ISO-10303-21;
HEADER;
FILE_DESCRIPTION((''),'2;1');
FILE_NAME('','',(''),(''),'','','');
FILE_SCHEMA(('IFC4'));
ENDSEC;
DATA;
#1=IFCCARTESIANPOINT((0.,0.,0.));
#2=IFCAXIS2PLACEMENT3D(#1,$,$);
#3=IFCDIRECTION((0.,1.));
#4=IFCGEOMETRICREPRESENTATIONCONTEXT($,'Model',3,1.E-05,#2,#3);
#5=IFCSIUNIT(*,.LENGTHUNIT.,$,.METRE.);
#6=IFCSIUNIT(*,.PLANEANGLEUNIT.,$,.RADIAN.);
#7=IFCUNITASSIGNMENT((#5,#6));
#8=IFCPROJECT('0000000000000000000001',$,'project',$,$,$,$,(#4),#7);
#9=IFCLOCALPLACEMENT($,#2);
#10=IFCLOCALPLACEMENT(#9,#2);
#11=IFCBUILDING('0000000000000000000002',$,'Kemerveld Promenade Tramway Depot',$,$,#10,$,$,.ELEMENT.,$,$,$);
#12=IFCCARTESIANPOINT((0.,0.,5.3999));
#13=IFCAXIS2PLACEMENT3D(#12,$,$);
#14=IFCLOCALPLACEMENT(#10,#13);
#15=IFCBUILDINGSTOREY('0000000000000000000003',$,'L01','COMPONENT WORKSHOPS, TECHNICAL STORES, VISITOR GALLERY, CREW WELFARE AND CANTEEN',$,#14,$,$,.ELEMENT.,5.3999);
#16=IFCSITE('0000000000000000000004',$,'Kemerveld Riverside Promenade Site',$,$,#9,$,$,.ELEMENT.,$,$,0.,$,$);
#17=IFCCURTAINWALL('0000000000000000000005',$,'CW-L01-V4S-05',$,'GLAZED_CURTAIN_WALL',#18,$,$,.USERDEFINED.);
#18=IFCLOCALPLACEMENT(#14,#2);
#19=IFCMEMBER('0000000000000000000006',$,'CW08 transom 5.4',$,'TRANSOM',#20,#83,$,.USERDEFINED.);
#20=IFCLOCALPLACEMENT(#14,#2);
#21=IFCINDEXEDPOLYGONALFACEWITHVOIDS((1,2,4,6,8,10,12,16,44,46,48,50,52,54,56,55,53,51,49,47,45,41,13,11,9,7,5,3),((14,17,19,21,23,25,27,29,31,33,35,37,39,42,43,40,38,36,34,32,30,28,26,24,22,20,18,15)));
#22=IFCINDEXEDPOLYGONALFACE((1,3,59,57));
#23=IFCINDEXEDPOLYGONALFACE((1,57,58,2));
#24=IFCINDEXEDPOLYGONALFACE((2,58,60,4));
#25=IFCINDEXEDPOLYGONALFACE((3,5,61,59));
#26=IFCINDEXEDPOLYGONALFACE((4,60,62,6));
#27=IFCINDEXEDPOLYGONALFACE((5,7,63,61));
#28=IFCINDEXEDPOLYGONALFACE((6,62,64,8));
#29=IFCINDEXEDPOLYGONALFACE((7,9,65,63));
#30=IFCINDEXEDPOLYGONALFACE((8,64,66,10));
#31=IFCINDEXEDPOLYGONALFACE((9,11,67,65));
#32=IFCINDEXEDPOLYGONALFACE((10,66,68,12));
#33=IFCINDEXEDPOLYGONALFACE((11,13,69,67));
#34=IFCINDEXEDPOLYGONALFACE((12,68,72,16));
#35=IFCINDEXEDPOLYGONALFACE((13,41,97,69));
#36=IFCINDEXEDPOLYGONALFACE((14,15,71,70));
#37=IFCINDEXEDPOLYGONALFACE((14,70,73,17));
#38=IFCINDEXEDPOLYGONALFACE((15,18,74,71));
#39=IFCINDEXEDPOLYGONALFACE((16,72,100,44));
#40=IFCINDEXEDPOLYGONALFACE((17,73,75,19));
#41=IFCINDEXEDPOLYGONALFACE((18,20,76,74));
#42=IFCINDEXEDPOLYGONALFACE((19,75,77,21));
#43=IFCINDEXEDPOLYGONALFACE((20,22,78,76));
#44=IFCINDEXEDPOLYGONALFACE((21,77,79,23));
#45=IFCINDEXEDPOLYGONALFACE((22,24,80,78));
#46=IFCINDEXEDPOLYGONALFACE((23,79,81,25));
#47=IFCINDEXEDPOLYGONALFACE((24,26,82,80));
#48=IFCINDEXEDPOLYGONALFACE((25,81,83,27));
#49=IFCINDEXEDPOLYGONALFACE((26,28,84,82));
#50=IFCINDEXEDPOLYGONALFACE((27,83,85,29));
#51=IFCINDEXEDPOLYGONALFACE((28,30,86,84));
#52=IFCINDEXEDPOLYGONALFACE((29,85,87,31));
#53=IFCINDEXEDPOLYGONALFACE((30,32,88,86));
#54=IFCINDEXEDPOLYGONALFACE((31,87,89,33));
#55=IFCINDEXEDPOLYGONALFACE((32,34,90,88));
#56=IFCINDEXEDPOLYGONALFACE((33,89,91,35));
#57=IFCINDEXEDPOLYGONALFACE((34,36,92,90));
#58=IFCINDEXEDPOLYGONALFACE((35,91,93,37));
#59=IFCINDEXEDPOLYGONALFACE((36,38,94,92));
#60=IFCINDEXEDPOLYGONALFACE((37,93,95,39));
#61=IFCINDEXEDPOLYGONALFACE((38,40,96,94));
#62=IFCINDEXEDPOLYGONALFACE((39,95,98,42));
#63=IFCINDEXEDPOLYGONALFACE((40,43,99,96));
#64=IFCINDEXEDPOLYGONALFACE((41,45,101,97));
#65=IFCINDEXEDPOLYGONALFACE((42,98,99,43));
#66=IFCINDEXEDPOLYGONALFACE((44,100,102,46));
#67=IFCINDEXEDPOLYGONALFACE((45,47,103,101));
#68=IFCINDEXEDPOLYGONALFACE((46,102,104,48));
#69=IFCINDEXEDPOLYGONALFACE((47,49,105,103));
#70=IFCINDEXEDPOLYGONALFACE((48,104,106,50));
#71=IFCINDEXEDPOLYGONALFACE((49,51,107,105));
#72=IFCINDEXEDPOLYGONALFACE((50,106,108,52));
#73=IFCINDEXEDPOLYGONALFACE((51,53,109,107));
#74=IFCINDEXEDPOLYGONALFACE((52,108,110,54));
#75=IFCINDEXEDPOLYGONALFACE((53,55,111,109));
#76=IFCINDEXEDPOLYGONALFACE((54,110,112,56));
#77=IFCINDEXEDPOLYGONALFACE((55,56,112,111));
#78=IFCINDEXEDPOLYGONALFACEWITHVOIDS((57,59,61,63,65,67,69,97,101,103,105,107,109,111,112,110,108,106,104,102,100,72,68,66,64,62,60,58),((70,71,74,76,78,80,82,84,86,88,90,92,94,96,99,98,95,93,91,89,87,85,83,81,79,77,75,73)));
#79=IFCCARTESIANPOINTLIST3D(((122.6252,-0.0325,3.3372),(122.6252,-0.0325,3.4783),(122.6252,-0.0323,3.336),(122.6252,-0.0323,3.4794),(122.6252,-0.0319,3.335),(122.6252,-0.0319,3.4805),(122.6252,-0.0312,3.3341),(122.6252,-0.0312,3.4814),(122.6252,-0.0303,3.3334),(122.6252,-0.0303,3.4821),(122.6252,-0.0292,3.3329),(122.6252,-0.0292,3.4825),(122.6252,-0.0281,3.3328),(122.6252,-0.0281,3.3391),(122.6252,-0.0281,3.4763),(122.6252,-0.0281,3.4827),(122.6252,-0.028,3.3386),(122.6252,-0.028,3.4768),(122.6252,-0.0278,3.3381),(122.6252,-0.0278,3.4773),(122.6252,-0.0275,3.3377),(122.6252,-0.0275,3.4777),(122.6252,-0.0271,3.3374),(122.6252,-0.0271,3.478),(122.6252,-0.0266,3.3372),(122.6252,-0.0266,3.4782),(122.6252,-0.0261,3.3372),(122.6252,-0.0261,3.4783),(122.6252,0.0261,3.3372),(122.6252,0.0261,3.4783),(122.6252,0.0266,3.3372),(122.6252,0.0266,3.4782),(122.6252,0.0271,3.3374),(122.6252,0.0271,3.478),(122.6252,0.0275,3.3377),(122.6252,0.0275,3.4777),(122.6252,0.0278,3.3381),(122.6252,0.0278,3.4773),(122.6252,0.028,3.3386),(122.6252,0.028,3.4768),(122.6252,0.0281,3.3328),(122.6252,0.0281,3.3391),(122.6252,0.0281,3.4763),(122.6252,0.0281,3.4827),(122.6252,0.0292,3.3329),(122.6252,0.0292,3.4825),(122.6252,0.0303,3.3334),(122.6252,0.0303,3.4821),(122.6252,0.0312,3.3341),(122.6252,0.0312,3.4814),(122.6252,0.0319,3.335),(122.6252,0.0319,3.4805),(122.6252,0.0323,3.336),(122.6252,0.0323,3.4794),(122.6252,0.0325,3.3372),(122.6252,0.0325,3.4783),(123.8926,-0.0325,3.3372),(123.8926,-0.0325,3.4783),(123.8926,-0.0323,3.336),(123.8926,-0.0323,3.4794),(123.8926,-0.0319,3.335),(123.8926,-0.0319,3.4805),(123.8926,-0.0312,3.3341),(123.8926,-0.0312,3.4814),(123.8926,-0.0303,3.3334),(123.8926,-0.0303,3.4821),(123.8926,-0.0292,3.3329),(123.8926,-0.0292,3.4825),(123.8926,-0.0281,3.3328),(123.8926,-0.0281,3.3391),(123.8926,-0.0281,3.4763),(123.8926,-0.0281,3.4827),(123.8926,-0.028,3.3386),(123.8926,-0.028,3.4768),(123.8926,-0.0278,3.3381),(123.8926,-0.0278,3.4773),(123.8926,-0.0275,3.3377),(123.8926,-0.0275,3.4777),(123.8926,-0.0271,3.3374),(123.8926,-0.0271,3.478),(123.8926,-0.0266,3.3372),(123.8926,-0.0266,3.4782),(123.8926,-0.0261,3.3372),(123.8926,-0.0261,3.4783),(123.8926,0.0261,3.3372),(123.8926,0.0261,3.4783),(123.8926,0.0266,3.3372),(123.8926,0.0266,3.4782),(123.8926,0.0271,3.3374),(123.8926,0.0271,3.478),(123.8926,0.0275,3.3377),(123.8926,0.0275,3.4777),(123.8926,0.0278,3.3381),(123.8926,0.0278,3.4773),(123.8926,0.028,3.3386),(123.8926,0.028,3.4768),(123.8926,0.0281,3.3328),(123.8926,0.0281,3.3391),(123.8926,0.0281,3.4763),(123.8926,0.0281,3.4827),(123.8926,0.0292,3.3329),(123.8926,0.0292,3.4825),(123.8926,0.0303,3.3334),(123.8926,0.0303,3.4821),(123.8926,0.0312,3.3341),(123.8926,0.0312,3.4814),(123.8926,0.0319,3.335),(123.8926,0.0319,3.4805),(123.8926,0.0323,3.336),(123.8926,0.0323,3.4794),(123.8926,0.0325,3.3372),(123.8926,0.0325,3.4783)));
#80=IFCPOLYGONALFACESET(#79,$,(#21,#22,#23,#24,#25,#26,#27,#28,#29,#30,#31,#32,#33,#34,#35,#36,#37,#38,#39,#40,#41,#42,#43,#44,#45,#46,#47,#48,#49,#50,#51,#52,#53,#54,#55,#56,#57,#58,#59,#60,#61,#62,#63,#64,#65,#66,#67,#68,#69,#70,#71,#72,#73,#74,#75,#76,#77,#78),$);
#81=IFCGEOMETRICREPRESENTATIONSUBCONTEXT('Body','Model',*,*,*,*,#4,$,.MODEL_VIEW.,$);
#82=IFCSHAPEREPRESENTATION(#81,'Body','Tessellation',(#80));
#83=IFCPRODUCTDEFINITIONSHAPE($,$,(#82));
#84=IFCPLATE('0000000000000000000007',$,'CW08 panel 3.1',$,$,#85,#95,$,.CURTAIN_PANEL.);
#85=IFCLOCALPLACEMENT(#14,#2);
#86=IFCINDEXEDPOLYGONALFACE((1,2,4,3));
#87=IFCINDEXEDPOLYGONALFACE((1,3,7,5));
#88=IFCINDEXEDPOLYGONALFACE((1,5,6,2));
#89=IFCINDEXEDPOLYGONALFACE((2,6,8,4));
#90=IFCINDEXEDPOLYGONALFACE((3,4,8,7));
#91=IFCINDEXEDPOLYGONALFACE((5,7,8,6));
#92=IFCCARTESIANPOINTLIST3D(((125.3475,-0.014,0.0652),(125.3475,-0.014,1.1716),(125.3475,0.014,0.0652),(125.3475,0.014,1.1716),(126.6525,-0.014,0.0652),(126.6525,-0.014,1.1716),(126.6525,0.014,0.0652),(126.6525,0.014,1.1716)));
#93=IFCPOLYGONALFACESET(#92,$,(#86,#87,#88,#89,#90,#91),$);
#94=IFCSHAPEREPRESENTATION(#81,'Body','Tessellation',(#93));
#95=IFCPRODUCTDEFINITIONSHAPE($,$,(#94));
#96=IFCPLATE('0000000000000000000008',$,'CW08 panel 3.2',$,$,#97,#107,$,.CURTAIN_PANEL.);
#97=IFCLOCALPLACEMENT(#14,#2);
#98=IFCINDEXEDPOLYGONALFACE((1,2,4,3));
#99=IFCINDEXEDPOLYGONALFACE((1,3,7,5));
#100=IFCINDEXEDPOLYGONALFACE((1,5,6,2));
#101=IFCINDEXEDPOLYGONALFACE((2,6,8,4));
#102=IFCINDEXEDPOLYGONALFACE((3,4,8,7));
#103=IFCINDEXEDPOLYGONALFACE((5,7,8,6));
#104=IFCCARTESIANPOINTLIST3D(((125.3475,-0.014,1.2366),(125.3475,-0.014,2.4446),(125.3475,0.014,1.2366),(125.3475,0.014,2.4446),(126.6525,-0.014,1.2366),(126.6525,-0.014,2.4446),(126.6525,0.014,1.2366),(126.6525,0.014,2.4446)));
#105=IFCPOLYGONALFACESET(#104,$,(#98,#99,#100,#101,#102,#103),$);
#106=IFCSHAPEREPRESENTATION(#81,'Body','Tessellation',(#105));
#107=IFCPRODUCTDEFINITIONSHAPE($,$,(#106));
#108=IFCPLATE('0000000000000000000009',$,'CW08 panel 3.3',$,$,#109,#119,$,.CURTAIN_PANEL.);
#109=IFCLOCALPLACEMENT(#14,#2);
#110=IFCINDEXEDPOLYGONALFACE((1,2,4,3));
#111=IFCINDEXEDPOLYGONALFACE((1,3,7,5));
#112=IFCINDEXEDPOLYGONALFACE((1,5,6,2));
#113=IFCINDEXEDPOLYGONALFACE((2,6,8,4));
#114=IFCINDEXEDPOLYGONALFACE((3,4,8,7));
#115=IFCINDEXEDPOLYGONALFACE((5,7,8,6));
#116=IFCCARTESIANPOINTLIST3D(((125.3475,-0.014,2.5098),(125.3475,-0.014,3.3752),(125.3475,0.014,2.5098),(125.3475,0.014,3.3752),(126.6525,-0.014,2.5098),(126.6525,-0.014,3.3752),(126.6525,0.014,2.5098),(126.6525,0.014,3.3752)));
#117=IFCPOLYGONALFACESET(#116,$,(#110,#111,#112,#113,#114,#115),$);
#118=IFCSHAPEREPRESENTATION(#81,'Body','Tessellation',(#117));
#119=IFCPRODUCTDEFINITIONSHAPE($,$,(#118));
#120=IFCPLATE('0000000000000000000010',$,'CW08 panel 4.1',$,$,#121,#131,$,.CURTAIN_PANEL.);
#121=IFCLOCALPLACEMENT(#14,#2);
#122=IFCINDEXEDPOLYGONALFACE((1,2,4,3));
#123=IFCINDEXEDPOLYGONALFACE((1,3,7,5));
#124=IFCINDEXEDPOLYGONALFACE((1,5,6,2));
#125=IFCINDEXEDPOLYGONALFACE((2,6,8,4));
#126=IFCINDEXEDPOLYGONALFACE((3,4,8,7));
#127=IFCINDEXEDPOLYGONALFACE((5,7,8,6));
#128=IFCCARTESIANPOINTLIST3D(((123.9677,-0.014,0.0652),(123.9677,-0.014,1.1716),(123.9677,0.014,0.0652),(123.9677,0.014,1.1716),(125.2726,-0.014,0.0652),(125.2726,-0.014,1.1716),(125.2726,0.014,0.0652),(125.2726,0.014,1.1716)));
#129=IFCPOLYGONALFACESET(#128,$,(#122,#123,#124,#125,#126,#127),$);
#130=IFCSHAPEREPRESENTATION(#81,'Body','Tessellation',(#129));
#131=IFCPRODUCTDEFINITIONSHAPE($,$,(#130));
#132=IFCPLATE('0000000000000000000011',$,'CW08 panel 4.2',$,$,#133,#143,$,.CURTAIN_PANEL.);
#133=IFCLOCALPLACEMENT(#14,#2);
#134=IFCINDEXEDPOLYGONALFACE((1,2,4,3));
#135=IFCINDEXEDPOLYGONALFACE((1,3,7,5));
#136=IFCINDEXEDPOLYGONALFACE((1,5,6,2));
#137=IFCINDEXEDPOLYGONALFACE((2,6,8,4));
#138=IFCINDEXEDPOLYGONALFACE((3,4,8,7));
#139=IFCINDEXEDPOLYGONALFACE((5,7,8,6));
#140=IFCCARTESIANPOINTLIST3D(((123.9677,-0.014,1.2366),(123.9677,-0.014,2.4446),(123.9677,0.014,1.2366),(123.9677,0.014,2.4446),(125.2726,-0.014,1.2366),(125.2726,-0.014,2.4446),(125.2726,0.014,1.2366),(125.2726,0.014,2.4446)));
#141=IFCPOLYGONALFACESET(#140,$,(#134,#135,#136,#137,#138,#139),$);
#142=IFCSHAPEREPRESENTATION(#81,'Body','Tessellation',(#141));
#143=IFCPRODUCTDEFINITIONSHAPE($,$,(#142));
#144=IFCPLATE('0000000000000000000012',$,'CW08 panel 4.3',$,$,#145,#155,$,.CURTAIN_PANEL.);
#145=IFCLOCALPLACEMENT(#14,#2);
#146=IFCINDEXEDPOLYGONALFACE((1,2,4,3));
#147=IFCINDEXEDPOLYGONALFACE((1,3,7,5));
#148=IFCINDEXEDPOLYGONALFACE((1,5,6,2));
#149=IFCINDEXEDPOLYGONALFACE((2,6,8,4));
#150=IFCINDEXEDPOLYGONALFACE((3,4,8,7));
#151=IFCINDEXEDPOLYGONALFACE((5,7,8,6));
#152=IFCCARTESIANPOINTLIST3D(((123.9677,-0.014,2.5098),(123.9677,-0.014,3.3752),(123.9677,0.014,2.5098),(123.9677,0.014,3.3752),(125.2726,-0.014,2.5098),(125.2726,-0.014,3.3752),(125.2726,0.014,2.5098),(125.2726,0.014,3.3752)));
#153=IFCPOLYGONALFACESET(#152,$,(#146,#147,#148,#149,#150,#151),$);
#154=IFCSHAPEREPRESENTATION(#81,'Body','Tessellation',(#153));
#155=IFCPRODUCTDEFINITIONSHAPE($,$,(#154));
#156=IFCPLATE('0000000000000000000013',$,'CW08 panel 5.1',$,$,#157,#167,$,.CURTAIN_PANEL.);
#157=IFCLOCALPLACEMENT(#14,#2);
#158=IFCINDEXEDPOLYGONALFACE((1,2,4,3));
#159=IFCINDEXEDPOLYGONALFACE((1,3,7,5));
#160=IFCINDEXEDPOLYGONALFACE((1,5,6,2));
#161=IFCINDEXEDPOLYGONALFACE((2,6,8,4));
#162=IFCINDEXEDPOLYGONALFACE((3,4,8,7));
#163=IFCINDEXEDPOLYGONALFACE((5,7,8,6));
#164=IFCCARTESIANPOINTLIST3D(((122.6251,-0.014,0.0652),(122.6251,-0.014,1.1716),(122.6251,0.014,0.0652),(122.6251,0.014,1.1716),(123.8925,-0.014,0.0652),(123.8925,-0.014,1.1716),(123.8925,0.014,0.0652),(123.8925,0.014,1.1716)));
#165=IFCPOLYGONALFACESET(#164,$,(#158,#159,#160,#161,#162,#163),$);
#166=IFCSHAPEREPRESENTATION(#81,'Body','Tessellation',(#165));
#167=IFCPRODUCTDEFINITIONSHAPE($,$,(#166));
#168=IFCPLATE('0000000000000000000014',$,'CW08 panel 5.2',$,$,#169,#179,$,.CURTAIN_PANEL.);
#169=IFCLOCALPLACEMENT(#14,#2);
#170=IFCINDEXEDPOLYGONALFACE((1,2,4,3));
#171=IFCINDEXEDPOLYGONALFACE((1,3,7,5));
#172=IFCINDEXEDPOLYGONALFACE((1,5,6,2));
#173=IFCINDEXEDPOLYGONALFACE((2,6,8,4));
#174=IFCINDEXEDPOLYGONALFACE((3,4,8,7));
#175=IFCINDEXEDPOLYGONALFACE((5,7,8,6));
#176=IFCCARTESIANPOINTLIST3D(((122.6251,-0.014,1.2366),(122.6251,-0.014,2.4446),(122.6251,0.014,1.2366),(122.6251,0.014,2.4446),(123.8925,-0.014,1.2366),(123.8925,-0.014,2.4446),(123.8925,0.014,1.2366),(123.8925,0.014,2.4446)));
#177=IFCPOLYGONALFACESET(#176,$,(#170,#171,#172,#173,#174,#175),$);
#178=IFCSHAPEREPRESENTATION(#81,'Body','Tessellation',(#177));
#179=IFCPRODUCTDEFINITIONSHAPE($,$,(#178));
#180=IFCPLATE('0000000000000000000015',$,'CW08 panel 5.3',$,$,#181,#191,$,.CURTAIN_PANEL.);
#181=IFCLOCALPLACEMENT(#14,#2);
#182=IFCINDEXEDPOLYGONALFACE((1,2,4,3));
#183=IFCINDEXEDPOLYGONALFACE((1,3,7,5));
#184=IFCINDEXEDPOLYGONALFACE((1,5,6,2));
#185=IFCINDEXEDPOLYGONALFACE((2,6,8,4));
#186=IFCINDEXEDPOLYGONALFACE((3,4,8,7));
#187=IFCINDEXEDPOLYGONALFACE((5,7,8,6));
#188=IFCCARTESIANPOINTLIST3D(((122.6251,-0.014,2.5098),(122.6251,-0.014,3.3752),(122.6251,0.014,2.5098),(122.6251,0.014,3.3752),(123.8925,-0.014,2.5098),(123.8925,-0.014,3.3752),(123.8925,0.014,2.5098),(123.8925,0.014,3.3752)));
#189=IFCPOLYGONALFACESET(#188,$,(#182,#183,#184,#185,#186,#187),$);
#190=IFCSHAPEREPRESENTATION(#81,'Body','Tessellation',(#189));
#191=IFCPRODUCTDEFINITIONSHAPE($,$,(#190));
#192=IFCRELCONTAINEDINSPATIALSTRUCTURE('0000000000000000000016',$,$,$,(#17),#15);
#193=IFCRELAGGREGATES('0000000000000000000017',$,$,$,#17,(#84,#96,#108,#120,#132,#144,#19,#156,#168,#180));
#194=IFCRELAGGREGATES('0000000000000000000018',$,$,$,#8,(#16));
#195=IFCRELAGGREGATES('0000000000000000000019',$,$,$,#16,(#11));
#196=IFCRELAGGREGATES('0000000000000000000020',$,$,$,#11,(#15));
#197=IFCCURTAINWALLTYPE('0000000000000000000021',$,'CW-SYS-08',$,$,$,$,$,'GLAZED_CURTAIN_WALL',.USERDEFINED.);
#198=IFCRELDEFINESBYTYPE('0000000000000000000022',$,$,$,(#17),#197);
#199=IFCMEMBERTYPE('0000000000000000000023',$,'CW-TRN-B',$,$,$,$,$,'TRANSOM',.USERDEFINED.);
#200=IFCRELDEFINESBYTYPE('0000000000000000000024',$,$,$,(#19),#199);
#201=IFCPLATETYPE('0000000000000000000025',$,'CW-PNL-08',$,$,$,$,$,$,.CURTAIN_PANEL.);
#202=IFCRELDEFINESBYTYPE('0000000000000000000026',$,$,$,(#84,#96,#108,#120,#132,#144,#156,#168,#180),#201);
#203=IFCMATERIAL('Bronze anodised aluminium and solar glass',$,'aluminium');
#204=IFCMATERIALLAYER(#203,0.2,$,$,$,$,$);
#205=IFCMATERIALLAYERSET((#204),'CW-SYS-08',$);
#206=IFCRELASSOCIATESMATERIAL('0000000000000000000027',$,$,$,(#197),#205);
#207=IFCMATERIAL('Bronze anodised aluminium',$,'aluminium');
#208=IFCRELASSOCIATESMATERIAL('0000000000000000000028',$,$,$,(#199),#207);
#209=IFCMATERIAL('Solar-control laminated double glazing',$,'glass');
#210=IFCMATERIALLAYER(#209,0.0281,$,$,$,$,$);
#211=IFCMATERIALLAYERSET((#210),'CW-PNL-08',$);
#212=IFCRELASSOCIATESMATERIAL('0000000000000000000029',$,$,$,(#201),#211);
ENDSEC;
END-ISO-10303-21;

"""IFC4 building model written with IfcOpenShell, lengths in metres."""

from ifc_helpers import new_model, si_unit, direction, frame, origin, origin_2d, place, context, subcontext, project, spatial, rectangle, hollow_rectangle, extrude, material, layer, layer_set, material_profile, profile_set, type_object, element, aggregate, save


model = new_model("IFC4")

# Units and contexts
model_context = context("Model", 3, precision=1e-05, world=origin(), true_north=direction((0.0, 1.0)))
body_context = subcontext(model_context, "Body", "Model", "MODEL_VIEW")
ifc_project = project(units=[si_unit("LENGTHUNIT", "METRE"), si_unit("PLANEANGLEUNIT", "RADIAN")], contexts=[model_context])

# Site, building, storey
site_placement = place(None, origin())
site = spatial("IfcSite", under=ifc_project, at=site_placement, Name="Kemerveld Riverside Promenade Site", CompositionType="ELEMENT", RefElevation=0.0)
building_placement = place(site_placement, origin())
building = spatial("IfcBuilding", under=site, at=building_placement, Name="Kemerveld Promenade Tramway Depot", CompositionType="ELEMENT")
storey_placement = place(building_placement, frame((0.0, 0.0, 5.3999)))
storey = spatial("IfcBuildingStorey", under=building, at=storey_placement, Name="L01", Description="COMPONENT WORKSHOPS, TECHNICAL STORES, VISITOR GALLERY, CREW WELFARE AND CANTEEN", CompositionType="ELEMENT", Elevation=5.3999)

# Curtain wall, member, plates
ifc_material_1 = material(Name="Bronze anodised aluminium and solar glass", Category="aluminium")
ifc_layer_1 = layer(ifc_material_1, 0.2)
ifc_layer_set_1 = layer_set([ifc_layer_1], Name="CW-SYS-08")
curtain_wall_type = type_object("IfcCurtainWallType", Name="CW-SYS-08", ElementType="GLAZED_CURTAIN_WALL", PredefinedType="USERDEFINED", material=ifc_layer_set_1)
curtain_wall_placement = place(storey_placement, origin())
curtain_wall = element("IfcCurtainWall", 1, at=curtain_wall_placement, inside=storey, type_object=curtain_wall_type, Name="CW-L01-V4S-05", ObjectType="GLAZED_CURTAIN_WALL", PredefinedType="USERDEFINED")
ifc_material_2 = material(Name="Bronze anodised aluminium", Category="aluminium")
ifc_material_profile_1 = material_profile(ifc_material_2, hollow_rectangle(XDim=0.0649, YDim=0.1499, WallThickness=0.0044, InnerFilletRadius=0.002, OuterFilletRadius=0.0044, at=origin_2d()), Name="CW-TRN-150x65")
ifc_profile_set_1 = profile_set([ifc_material_profile_1], Name="Bronze anodised aluminium")
member_type_1 = type_object("IfcMemberType", Name="CW-TRN-B", ElementType="TRANSOM", PredefinedType="USERDEFINED", material=ifc_profile_set_1)
member_1_placement = place(storey_placement, frame((123.8926, 0.0, 3.4077), z_axis=(-1.0, 0.0, 0.0), x_axis=(0.0, -1.0, 0.0)))
member_1 = element("IfcMember", 2, at=member_1_placement, type_object=member_type_1, Name="CW08 transom 5.4", ObjectType="TRANSOM", PredefinedType="USERDEFINED", context=body_context, shape_type="SweptSolid", body=[
    extrude(hollow_rectangle(XDim=0.0649, YDim=0.1499, WallThickness=0.0044, InnerFilletRadius=0.002, OuterFilletRadius=0.0044, at=origin_2d()), origin(), (0.0, 0.0, 1.0), 1.2673),
])
ifc_material_3 = material(Name="Solar-control laminated double glazing", Category="glass")
ifc_layer_2 = layer(ifc_material_3, 0.0281)
ifc_layer_set_2 = layer_set([ifc_layer_2], Name="CW-PNL-08")
plate_type = type_object("IfcPlateType", Name="CW-PNL-08", PredefinedType="CURTAIN_PANEL", material=ifc_layer_set_2)
plate_1_placement = place(storey_placement, frame((126.0, 0.0, 0.0652), z_axis=(0.0, 0.0, 1.0), x_axis=(-1.0, 0.0, 0.0)))
plate_1 = element("IfcPlate", 3, at=plate_1_placement, type_object=plate_type, Name="CW08 panel 3.1", PredefinedType="CURTAIN_PANEL", context=body_context, shape_type="SweptSolid", body=[
    extrude(rectangle(XDim=1.3049, YDim=0.0281, at=origin_2d()), origin(), (0.0, 0.0, 1.0), 1.1064),
])
plate_2_placement = place(storey_placement, frame((126.0, 0.0, 1.2366), z_axis=(0.0, 0.0, 1.0), x_axis=(-1.0, 0.0, 0.0)))
plate_2 = element("IfcPlate", 4, at=plate_2_placement, type_object=plate_type, Name="CW08 panel 3.2", PredefinedType="CURTAIN_PANEL", context=body_context, shape_type="SweptSolid", body=[
    extrude(rectangle(XDim=1.3049, YDim=0.0281, at=origin_2d()), origin(), (0.0, 0.0, 1.0), 1.208),
])
plate_3_placement = place(storey_placement, frame((126.0, 0.0, 2.5098), z_axis=(0.0, 0.0, 1.0), x_axis=(-1.0, 0.0, 0.0)))
plate_3 = element("IfcPlate", 5, at=plate_3_placement, type_object=plate_type, Name="CW08 panel 3.3", PredefinedType="CURTAIN_PANEL", context=body_context, shape_type="SweptSolid", body=[
    extrude(rectangle(XDim=1.3049, YDim=0.0281, at=origin_2d()), origin(), (0.0, 0.0, 1.0), 0.8655),
])
plate_4_placement = place(storey_placement, frame((124.6201, 0.0, 0.0652), z_axis=(0.0, 0.0, 1.0), x_axis=(-1.0, 0.0, 0.0)))
plate_4 = element("IfcPlate", 6, at=plate_4_placement, type_object=plate_type, Name="CW08 panel 4.1", PredefinedType="CURTAIN_PANEL", context=body_context, shape_type="SweptSolid", body=[
    extrude(rectangle(XDim=1.3049, YDim=0.0281, at=origin_2d()), origin(), (0.0, 0.0, 1.0), 1.1064),
])
plate_5_placement = place(storey_placement, frame((124.6201, 0.0, 1.2366), z_axis=(0.0, 0.0, 1.0), x_axis=(-1.0, 0.0, 0.0)))
plate_5 = element("IfcPlate", 7, at=plate_5_placement, type_object=plate_type, Name="CW08 panel 4.2", PredefinedType="CURTAIN_PANEL", context=body_context, shape_type="SweptSolid", body=[
    extrude(rectangle(XDim=1.3049, YDim=0.0281, at=origin_2d()), origin(), (0.0, 0.0, 1.0), 1.208),
])
plate_6_placement = place(storey_placement, frame((124.6201, 0.0, 2.5098), z_axis=(0.0, 0.0, 1.0), x_axis=(-1.0, 0.0, 0.0)))
plate_6 = element("IfcPlate", 8, at=plate_6_placement, type_object=plate_type, Name="CW08 panel 4.3", PredefinedType="CURTAIN_PANEL", context=body_context, shape_type="SweptSolid", body=[
    extrude(rectangle(XDim=1.3049, YDim=0.0281, at=origin_2d()), origin(), (0.0, 0.0, 1.0), 0.8655),
])
plate_7_placement = place(storey_placement, frame((123.2588, 0.0, 0.0652), z_axis=(0.0, 0.0, 1.0), x_axis=(-1.0, 0.0, 0.0)))
plate_7 = element("IfcPlate", 9, at=plate_7_placement, type_object=plate_type, Name="CW08 panel 5.1", PredefinedType="CURTAIN_PANEL", context=body_context, shape_type="SweptSolid", body=[
    extrude(rectangle(XDim=1.2673, YDim=0.0281, at=origin_2d()), origin(), (0.0, 0.0, 1.0), 1.1064),
])
plate_8_placement = place(storey_placement, frame((123.2588, 0.0, 1.2366), z_axis=(0.0, 0.0, 1.0), x_axis=(-1.0, 0.0, 0.0)))
plate_8 = element("IfcPlate", 10, at=plate_8_placement, type_object=plate_type, Name="CW08 panel 5.2", PredefinedType="CURTAIN_PANEL", context=body_context, shape_type="SweptSolid", body=[
    extrude(rectangle(XDim=1.2673, YDim=0.0281, at=origin_2d()), origin(), (0.0, 0.0, 1.0), 1.208),
])
plate_9_placement = place(storey_placement, frame((123.2588, 0.0, 2.5098), z_axis=(0.0, 0.0, 1.0), x_axis=(-1.0, 0.0, 0.0)))
plate_9 = element("IfcPlate", 11, at=plate_9_placement, type_object=plate_type, Name="CW08 panel 5.3", PredefinedType="CURTAIN_PANEL", context=body_context, shape_type="SweptSolid", body=[
    extrude(rectangle(XDim=1.2673, YDim=0.0281, at=origin_2d()), origin(), (0.0, 0.0, 1.0), 0.8655),
])
aggregate(curtain_wall, [plate_1, plate_2, plate_3, plate_4, plate_5, plate_6, member_1, plate_7, plate_8, plate_9])

save(model, "model.ifc")
